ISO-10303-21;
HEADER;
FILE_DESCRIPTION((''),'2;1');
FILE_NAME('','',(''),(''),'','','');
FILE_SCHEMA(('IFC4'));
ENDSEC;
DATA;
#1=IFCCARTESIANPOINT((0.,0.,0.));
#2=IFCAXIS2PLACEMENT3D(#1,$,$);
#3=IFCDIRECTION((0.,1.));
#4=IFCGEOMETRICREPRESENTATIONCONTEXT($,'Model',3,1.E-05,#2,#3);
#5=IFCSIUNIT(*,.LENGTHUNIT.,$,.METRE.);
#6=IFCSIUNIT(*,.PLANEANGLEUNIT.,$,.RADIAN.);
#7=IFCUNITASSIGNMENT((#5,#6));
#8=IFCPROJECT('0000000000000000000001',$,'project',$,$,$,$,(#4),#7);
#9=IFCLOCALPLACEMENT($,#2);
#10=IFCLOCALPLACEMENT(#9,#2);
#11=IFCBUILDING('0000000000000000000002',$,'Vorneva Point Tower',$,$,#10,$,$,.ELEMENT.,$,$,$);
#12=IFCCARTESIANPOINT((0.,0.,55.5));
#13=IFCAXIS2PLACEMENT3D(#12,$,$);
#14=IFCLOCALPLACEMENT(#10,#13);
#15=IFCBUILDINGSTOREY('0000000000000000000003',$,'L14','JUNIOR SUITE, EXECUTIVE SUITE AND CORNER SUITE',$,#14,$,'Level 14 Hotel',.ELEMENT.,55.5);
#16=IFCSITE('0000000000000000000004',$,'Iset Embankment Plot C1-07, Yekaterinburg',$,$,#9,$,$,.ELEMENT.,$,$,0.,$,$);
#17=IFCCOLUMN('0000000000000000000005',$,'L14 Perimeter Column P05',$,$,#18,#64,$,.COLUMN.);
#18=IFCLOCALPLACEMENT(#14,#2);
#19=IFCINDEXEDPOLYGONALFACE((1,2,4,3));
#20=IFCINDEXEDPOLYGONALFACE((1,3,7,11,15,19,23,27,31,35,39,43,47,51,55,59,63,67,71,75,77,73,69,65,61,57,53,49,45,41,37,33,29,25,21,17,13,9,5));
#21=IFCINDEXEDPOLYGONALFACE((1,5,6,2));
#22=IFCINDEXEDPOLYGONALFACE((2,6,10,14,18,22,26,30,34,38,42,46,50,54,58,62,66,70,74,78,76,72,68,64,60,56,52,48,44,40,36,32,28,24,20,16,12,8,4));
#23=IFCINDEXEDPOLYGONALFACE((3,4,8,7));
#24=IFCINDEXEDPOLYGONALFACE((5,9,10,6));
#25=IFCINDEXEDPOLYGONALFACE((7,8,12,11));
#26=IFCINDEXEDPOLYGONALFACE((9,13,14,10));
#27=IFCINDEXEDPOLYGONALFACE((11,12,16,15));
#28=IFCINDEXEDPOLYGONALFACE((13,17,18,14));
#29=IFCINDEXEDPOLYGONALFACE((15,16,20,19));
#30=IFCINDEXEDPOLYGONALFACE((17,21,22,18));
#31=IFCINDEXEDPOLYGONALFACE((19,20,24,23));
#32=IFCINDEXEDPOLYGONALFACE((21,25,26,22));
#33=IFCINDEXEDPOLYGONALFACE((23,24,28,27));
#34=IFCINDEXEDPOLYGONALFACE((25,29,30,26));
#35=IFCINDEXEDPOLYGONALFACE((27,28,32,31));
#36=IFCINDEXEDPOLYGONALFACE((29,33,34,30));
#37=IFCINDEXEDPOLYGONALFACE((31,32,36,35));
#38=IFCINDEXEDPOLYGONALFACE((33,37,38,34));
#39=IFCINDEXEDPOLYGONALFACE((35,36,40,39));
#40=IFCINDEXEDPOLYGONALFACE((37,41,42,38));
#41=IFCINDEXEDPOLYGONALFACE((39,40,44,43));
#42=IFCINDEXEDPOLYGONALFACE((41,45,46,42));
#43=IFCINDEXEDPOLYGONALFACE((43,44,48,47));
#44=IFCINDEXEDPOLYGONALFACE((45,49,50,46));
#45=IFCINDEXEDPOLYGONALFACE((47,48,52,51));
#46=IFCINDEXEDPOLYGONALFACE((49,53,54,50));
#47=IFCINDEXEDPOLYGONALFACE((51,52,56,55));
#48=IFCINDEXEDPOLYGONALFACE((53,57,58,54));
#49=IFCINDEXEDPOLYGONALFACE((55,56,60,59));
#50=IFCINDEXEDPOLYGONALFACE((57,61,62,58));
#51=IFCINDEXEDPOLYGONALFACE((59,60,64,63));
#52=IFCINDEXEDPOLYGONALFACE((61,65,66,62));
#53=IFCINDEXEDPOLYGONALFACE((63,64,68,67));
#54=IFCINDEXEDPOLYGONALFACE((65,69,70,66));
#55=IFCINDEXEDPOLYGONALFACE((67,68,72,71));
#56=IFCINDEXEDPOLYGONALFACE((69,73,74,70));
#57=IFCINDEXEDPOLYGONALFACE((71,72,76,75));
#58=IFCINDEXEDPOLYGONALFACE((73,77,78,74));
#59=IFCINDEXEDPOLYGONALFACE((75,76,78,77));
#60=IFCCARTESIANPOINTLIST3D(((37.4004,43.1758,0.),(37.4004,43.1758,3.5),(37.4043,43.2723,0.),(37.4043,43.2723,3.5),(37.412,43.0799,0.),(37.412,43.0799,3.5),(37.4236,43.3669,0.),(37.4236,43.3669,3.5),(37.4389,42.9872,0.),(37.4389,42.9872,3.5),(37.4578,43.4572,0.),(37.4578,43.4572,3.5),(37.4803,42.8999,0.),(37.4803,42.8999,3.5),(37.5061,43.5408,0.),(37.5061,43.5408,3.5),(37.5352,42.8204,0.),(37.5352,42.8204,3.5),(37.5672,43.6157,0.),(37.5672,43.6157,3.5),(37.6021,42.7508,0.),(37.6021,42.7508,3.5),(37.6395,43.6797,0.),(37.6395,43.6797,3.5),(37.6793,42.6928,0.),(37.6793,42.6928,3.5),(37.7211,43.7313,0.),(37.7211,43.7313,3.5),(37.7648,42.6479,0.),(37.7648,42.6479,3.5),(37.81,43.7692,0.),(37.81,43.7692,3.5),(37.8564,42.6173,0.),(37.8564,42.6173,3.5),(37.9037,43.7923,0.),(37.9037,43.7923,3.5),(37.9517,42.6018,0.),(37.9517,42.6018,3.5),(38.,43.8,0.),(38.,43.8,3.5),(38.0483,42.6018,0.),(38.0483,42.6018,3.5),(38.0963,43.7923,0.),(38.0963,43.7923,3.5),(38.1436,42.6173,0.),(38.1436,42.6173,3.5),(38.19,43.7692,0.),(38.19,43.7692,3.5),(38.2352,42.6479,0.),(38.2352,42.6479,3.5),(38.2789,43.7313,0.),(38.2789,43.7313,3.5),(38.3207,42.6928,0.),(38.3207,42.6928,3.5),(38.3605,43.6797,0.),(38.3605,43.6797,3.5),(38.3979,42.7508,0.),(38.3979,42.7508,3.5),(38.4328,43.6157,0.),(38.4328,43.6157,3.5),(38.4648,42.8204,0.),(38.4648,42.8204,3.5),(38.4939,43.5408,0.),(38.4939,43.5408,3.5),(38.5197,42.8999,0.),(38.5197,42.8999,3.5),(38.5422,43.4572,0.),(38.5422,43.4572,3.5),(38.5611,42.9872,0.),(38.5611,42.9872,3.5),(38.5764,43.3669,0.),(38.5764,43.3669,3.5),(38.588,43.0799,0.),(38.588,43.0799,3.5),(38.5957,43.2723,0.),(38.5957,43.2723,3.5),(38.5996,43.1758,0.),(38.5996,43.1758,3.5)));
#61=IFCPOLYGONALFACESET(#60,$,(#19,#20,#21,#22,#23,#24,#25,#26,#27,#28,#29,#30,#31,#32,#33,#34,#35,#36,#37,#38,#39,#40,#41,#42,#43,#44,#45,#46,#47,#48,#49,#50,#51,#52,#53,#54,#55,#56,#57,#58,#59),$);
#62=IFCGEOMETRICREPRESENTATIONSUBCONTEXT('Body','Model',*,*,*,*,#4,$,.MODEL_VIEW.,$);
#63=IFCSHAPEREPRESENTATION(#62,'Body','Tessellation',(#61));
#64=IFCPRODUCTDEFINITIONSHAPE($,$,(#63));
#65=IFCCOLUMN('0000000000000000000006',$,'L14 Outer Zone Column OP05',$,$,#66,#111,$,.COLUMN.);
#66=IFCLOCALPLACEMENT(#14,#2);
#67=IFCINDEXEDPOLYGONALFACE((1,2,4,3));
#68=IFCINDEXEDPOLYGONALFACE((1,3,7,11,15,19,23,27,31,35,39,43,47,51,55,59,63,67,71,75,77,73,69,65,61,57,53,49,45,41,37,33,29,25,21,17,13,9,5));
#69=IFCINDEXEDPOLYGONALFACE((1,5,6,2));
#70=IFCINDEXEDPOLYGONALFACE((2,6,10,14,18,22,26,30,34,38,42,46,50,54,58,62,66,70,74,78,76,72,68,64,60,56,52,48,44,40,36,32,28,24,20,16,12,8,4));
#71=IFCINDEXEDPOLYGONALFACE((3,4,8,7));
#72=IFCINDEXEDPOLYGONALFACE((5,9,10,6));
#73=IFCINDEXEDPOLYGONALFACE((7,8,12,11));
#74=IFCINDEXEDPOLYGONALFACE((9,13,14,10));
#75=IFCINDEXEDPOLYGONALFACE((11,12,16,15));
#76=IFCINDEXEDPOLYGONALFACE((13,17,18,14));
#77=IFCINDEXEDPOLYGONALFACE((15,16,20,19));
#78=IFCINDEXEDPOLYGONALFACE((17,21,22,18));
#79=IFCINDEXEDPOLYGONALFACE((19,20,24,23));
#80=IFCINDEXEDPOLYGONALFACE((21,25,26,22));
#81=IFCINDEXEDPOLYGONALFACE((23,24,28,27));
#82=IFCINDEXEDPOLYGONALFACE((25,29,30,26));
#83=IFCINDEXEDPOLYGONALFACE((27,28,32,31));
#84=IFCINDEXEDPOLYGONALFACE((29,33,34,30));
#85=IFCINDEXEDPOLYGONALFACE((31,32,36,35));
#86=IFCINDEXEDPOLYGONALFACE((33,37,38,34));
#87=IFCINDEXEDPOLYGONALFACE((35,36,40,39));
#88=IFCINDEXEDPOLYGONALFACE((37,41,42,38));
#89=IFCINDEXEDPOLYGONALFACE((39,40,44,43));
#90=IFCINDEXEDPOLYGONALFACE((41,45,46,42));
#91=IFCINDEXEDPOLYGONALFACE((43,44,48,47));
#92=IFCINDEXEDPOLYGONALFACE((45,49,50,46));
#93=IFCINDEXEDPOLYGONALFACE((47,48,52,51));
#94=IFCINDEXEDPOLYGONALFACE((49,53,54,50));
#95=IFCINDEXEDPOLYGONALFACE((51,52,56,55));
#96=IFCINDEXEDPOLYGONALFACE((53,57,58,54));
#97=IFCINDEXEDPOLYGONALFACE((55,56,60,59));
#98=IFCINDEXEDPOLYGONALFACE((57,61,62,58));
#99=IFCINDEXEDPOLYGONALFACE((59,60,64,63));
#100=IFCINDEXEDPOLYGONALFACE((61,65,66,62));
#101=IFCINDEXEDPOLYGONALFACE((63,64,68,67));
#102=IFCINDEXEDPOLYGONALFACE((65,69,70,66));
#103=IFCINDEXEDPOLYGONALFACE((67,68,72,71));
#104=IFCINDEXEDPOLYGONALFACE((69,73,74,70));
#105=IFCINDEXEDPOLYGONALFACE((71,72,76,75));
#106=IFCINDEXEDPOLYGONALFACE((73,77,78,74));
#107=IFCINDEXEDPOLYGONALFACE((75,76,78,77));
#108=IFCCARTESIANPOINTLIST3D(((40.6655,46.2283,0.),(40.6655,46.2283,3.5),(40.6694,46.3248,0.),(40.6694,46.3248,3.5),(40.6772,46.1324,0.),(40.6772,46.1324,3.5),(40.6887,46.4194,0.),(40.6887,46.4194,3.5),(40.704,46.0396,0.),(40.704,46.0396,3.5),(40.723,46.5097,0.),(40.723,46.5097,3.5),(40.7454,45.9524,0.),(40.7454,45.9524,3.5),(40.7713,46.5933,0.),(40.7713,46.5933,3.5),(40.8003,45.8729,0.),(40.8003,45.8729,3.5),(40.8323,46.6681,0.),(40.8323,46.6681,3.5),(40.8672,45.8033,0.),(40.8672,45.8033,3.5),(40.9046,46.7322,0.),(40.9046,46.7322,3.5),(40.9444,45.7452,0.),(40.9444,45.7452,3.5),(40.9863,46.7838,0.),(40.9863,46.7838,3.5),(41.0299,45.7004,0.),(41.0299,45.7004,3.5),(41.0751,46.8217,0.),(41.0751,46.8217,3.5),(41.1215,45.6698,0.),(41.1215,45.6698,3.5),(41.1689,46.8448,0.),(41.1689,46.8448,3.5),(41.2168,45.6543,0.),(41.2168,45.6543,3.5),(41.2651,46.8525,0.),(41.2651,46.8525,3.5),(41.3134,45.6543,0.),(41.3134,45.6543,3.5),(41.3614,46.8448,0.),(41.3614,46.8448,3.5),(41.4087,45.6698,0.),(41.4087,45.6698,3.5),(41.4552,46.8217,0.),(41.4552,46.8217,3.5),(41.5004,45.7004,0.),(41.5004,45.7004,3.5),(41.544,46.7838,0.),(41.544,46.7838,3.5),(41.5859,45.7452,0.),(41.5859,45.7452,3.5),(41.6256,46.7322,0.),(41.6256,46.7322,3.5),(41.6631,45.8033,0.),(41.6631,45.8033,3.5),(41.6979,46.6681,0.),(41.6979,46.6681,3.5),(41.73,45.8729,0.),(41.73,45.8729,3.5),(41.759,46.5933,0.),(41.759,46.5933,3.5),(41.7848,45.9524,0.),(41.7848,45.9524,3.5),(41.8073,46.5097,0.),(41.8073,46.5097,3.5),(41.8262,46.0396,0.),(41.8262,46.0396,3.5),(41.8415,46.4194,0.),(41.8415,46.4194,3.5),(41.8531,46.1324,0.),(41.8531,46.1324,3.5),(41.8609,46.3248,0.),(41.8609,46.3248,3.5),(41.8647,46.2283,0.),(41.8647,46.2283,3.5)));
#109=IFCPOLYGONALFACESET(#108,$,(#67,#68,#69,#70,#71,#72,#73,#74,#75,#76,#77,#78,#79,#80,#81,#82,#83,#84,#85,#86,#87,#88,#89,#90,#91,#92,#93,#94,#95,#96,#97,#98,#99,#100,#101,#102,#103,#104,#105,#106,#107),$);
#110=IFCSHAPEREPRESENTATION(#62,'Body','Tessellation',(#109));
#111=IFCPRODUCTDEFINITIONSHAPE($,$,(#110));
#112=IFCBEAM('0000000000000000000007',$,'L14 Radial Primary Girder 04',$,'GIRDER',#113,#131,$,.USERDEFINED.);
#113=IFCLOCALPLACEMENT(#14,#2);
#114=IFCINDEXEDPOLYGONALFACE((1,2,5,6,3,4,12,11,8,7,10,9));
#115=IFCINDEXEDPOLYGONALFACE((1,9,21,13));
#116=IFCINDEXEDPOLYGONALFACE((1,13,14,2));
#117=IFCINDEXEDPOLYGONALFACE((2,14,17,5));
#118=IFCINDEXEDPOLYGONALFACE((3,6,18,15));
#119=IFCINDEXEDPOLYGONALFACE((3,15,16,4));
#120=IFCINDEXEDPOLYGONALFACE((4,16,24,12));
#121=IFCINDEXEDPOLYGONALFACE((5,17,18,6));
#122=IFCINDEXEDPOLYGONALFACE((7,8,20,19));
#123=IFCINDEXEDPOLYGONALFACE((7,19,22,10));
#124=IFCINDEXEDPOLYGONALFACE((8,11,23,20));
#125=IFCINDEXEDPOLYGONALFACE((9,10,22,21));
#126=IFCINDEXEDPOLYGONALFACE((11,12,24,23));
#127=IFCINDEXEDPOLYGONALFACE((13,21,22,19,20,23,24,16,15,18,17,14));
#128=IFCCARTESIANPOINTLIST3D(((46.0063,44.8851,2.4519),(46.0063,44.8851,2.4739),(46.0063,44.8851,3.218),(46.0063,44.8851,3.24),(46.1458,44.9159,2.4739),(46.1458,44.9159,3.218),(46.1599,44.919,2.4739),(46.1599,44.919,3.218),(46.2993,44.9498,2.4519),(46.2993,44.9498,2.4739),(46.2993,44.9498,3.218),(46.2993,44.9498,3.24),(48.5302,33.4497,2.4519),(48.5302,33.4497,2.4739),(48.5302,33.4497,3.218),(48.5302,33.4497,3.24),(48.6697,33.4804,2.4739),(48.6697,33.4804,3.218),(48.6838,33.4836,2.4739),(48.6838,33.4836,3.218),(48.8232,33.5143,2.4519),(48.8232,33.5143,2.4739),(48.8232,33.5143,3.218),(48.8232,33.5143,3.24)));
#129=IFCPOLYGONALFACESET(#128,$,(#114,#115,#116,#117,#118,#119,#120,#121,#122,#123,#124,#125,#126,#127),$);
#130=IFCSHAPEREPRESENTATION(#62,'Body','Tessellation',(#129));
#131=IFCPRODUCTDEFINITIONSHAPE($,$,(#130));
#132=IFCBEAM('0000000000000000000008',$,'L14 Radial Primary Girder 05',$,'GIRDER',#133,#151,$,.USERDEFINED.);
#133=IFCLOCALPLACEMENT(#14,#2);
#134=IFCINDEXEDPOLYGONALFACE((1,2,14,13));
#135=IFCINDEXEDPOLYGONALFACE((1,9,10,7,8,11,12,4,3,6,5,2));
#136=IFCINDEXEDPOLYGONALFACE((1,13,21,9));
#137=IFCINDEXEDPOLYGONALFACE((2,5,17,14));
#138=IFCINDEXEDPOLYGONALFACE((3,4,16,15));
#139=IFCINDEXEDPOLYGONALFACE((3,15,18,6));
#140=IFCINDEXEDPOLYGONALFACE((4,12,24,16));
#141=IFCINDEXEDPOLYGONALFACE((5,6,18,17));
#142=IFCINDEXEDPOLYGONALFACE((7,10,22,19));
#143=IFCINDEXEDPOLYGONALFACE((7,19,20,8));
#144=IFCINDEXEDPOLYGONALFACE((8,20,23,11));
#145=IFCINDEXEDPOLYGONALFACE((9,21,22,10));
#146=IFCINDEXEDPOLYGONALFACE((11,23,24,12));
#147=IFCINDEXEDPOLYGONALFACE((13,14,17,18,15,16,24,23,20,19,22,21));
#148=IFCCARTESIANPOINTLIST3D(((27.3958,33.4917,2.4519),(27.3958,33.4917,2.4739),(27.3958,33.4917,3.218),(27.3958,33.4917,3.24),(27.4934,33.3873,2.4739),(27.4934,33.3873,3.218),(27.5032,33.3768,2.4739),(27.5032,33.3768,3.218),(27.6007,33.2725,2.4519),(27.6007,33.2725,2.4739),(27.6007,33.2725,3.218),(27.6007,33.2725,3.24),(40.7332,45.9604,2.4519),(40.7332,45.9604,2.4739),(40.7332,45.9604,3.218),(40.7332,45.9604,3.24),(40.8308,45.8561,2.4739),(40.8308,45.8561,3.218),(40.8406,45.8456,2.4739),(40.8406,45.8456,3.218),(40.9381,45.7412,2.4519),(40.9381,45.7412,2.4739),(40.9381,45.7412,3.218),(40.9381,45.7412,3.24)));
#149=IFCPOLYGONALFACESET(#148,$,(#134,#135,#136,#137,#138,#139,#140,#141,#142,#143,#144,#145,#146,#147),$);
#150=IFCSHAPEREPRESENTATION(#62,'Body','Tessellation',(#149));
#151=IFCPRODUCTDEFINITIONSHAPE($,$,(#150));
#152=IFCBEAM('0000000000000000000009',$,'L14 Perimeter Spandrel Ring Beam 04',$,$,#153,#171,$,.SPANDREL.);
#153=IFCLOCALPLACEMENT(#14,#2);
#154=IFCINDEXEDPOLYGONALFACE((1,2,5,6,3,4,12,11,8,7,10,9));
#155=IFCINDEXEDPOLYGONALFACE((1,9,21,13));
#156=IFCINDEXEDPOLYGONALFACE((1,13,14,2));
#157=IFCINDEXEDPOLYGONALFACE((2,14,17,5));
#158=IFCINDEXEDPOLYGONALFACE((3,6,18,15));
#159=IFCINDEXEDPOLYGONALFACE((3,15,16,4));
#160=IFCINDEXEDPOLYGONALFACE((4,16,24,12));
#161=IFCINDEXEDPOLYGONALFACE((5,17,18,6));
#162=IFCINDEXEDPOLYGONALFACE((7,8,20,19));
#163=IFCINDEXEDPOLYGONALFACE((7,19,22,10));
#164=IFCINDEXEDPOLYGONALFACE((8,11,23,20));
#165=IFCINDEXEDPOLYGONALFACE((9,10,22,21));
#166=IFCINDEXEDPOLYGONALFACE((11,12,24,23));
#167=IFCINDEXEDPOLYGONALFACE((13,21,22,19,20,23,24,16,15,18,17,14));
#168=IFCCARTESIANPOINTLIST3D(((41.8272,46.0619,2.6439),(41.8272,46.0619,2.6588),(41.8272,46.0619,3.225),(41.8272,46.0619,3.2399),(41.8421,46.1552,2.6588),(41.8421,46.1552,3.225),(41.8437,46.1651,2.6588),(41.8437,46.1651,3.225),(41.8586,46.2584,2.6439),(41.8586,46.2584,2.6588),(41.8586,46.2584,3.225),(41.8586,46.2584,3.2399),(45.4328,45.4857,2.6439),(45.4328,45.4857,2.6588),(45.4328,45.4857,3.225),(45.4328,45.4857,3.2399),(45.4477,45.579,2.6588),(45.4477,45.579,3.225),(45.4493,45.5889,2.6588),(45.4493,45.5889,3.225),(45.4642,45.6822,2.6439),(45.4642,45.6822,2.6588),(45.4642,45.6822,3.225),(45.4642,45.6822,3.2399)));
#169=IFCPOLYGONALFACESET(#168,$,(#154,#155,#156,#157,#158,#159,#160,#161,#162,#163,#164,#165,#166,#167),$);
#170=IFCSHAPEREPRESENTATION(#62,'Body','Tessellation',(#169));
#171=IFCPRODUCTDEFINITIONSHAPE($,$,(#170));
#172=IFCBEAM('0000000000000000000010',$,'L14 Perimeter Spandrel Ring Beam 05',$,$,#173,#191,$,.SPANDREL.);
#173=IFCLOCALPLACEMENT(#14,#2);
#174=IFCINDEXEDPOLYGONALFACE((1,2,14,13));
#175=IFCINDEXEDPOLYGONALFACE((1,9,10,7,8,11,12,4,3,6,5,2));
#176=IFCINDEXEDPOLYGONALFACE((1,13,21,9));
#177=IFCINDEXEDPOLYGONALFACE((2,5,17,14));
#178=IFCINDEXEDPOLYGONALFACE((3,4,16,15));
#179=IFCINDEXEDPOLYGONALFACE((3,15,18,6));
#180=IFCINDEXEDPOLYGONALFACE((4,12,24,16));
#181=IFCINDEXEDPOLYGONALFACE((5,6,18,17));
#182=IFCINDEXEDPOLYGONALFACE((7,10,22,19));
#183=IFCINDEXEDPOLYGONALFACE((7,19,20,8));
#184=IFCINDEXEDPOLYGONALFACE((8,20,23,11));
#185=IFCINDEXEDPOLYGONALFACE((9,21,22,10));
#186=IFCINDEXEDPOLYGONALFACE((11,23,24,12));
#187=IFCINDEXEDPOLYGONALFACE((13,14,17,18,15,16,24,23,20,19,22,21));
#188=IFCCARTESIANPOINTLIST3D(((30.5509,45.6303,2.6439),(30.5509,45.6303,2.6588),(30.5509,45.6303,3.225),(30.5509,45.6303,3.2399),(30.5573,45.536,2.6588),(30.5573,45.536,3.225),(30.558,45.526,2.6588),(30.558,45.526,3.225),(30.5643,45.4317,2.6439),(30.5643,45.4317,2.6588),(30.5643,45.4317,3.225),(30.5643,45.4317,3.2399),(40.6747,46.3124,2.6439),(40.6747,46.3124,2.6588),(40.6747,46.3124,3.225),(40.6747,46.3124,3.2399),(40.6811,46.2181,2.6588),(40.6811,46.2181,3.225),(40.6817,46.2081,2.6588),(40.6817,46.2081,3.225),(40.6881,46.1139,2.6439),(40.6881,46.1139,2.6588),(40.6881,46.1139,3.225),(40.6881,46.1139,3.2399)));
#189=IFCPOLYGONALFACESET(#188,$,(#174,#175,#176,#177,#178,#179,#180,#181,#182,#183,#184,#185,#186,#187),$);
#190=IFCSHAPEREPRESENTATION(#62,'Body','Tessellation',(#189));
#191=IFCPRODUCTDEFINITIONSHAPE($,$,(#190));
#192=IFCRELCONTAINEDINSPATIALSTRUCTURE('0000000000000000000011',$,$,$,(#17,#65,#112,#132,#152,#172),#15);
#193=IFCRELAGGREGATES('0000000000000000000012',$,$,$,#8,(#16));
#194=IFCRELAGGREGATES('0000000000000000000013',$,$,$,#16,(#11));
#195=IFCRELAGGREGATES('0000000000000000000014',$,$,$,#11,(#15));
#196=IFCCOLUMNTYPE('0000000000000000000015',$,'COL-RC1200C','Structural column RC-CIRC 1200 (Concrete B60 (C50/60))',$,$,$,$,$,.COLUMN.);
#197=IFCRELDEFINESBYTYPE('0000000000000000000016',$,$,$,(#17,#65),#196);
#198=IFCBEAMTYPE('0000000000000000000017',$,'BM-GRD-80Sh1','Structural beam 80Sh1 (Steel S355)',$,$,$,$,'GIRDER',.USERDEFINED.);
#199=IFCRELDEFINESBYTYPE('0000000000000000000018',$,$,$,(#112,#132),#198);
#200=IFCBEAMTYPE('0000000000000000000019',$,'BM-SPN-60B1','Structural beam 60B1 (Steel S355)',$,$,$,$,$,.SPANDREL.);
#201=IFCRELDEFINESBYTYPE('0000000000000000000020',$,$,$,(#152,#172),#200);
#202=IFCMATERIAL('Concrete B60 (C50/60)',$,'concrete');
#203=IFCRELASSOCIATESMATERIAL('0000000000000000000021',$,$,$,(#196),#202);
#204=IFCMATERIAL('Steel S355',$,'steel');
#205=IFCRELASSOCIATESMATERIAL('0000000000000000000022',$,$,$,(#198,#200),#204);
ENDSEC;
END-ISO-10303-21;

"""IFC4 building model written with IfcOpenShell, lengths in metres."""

from ifc_helpers import new_model, si_unit, direction, frame, origin, origin_2d, place, context, subcontext, project, spatial, circle, i_section, extrude, material, material_profile, profile_set, type_object, element, save


model = new_model("IFC4")

# Units and contexts
model_context = context("Model", 3, precision=1e-05, world=origin(), true_north=direction((0.0, 1.0)))
body_context = subcontext(model_context, "Body", "Model", "MODEL_VIEW")
ifc_project = project(units=[si_unit("LENGTHUNIT", "METRE"), si_unit("PLANEANGLEUNIT", "RADIAN")], contexts=[model_context])

# Site, building, storey
site_placement = place(None, origin())
site = spatial("IfcSite", under=ifc_project, at=site_placement, Name="Iset Embankment Plot C1-07, Yekaterinburg", CompositionType="ELEMENT", RefElevation=0.0)
building_placement = place(site_placement, origin())
building = spatial("IfcBuilding", under=site, at=building_placement, Name="Vorneva Point Tower", CompositionType="ELEMENT")
storey_placement = place(building_placement, frame((0.0, 0.0, 55.5)))
storey = spatial("IfcBuildingStorey", under=building, at=storey_placement, Name="L14", Description="JUNIOR SUITE, EXECUTIVE SUITE AND CORNER SUITE", LongName="Level 14 Hotel", CompositionType="ELEMENT", Elevation=55.5)

# Columns
ifc_material_1 = material(Name="Concrete B60 (C50/60)", Category="concrete")
ifc_material_profile_1 = material_profile(ifc_material_1, circle(Radius=0.6001, at=origin_2d()), Name="RC-CIRC 1200")
ifc_profile_set_1 = profile_set([ifc_material_profile_1], Name="Concrete B60 (C50/60)")
column_type = type_object("IfcColumnType", Name="COL-RC1200C", Description="Structural column RC-CIRC 1200 (Concrete B60 (C50/60))", PredefinedType="COLUMN", material=ifc_profile_set_1)
for number, where, z_axis, x_axis, name in (
    (1, (38.0, 43.2, 0.0), (0.0, 0.0, 1.0), (0.0, 1.0, 0.0), "L14 Perimeter Column P05"),
    (2, (41.2651, 46.2524, 0.0), (0.0, 0.0, 1.0), (0.0, 1.0, 0.0), "L14 Outer Zone Column OP05"),
):
    element("IfcColumn", number, at=place(storey_placement, frame(where, z_axis=z_axis, x_axis=x_axis)), inside=storey, type_object=column_type, Name=name, PredefinedType="COLUMN", context=body_context, shape_type="SweptSolid", body=[
        extrude(circle(Radius=0.6001, at=origin_2d()), origin(), (0.0, 0.0, 1.0), 3.5),
    ])

# Beams
ifc_material_2 = material(Name="Steel S355", Category="steel")
ifc_material_profile_2 = material_profile(ifc_material_2, i_section(OverallWidth=0.3, OverallDepth=0.7881, WebThickness=0.0144, FlangeThickness=0.022, at=origin_2d()), Name="80Sh1")
ifc_profile_set_2 = profile_set([ifc_material_profile_2], Name="Steel S355")
beam_type_1 = type_object("IfcBeamType", Name="BM-GRD-80Sh1", Description="Structural beam 80Sh1 (Steel S355)", ElementType="GIRDER", PredefinedType="USERDEFINED", material=ifc_profile_set_2)
beam_1_placement = place(storey_placement, frame((46.1528, 44.9175, 2.8459), z_axis=(0.215522, -0.976499, 0.0), x_axis=(0.976499, 0.215522, 0.0)))
element("IfcBeam", 3, at=beam_1_placement, inside=storey, type_object=beam_type_1, Name="L14 Radial Primary Girder 04", ObjectType="GIRDER", PredefinedType="USERDEFINED", context=body_context, shape_type="SweptSolid", body=[
    extrude(i_section(OverallWidth=0.3, OverallDepth=0.7881, WebThickness=0.0144, FlangeThickness=0.022, at=origin_2d()), origin(), (0.0, 0.0, 1.0), 11.7107),
])
beam_2_placement = place(storey_placement, frame((40.8357, 45.8508, 2.8459), z_axis=(-0.730495, -0.682918, 0.0), x_axis=(0.682918, -0.730495, 0.0)))
element("IfcBeam", 4, at=beam_2_placement, inside=storey, type_object=beam_type_1, Name="L14 Radial Primary Girder 05", ObjectType="GIRDER", PredefinedType="USERDEFINED", context=body_context, shape_type="SweptSolid", body=[
    extrude(i_section(OverallWidth=0.3, OverallDepth=0.7881, WebThickness=0.0144, FlangeThickness=0.022, at=origin_2d()), origin(), (0.0, 0.0, 1.0), 18.2581),
])
ifc_material_profile_3 = material_profile(ifc_material_2, i_section(OverallWidth=0.199, OverallDepth=0.5959, WebThickness=0.01, FlangeThickness=0.0149, at=origin_2d()), Name="60B1")
ifc_profile_set_3 = profile_set([ifc_material_profile_3], Name="Steel S355")
beam_type_2 = type_object("IfcBeamType", Name="BM-SPN-60B1", Description="Structural beam 60B1 (Steel S355)", PredefinedType="SPANDREL", material=ifc_profile_set_3)
beam_3_placement = place(storey_placement, frame((45.4485, 45.584, 2.9419), z_axis=(-0.987472, 0.157792, 0.0), x_axis=(-0.157792, -0.987472, 0.0)))
element("IfcBeam", 5, at=beam_3_placement, inside=storey, type_object=beam_type_2, Name="L14 Perimeter Spandrel Ring Beam 04", PredefinedType="SPANDREL", context=body_context, shape_type="SweptSolid", body=[
    extrude(i_section(OverallWidth=0.199, OverallDepth=0.5959, WebThickness=0.01, FlangeThickness=0.0149, at=origin_2d()), origin(), (0.0, 0.0, 1.0), 3.6514),
])
beam_4_placement = place(storey_placement, frame((40.6814, 46.2131, 2.9419), z_axis=(-0.997738, -0.067226, 0.0), x_axis=(0.067226, -0.997738, 0.0)))
element("IfcBeam", 6, at=beam_4_placement, inside=storey, type_object=beam_type_2, Name="L14 Perimeter Spandrel Ring Beam 05", PredefinedType="SPANDREL", context=body_context, shape_type="SweptSolid", body=[
    extrude(i_section(OverallWidth=0.199, OverallDepth=0.5959, WebThickness=0.01, FlangeThickness=0.0149, at=origin_2d()), origin(), (0.0, 0.0, 1.0), 10.1467),
])

save(model, "model.ifc")
